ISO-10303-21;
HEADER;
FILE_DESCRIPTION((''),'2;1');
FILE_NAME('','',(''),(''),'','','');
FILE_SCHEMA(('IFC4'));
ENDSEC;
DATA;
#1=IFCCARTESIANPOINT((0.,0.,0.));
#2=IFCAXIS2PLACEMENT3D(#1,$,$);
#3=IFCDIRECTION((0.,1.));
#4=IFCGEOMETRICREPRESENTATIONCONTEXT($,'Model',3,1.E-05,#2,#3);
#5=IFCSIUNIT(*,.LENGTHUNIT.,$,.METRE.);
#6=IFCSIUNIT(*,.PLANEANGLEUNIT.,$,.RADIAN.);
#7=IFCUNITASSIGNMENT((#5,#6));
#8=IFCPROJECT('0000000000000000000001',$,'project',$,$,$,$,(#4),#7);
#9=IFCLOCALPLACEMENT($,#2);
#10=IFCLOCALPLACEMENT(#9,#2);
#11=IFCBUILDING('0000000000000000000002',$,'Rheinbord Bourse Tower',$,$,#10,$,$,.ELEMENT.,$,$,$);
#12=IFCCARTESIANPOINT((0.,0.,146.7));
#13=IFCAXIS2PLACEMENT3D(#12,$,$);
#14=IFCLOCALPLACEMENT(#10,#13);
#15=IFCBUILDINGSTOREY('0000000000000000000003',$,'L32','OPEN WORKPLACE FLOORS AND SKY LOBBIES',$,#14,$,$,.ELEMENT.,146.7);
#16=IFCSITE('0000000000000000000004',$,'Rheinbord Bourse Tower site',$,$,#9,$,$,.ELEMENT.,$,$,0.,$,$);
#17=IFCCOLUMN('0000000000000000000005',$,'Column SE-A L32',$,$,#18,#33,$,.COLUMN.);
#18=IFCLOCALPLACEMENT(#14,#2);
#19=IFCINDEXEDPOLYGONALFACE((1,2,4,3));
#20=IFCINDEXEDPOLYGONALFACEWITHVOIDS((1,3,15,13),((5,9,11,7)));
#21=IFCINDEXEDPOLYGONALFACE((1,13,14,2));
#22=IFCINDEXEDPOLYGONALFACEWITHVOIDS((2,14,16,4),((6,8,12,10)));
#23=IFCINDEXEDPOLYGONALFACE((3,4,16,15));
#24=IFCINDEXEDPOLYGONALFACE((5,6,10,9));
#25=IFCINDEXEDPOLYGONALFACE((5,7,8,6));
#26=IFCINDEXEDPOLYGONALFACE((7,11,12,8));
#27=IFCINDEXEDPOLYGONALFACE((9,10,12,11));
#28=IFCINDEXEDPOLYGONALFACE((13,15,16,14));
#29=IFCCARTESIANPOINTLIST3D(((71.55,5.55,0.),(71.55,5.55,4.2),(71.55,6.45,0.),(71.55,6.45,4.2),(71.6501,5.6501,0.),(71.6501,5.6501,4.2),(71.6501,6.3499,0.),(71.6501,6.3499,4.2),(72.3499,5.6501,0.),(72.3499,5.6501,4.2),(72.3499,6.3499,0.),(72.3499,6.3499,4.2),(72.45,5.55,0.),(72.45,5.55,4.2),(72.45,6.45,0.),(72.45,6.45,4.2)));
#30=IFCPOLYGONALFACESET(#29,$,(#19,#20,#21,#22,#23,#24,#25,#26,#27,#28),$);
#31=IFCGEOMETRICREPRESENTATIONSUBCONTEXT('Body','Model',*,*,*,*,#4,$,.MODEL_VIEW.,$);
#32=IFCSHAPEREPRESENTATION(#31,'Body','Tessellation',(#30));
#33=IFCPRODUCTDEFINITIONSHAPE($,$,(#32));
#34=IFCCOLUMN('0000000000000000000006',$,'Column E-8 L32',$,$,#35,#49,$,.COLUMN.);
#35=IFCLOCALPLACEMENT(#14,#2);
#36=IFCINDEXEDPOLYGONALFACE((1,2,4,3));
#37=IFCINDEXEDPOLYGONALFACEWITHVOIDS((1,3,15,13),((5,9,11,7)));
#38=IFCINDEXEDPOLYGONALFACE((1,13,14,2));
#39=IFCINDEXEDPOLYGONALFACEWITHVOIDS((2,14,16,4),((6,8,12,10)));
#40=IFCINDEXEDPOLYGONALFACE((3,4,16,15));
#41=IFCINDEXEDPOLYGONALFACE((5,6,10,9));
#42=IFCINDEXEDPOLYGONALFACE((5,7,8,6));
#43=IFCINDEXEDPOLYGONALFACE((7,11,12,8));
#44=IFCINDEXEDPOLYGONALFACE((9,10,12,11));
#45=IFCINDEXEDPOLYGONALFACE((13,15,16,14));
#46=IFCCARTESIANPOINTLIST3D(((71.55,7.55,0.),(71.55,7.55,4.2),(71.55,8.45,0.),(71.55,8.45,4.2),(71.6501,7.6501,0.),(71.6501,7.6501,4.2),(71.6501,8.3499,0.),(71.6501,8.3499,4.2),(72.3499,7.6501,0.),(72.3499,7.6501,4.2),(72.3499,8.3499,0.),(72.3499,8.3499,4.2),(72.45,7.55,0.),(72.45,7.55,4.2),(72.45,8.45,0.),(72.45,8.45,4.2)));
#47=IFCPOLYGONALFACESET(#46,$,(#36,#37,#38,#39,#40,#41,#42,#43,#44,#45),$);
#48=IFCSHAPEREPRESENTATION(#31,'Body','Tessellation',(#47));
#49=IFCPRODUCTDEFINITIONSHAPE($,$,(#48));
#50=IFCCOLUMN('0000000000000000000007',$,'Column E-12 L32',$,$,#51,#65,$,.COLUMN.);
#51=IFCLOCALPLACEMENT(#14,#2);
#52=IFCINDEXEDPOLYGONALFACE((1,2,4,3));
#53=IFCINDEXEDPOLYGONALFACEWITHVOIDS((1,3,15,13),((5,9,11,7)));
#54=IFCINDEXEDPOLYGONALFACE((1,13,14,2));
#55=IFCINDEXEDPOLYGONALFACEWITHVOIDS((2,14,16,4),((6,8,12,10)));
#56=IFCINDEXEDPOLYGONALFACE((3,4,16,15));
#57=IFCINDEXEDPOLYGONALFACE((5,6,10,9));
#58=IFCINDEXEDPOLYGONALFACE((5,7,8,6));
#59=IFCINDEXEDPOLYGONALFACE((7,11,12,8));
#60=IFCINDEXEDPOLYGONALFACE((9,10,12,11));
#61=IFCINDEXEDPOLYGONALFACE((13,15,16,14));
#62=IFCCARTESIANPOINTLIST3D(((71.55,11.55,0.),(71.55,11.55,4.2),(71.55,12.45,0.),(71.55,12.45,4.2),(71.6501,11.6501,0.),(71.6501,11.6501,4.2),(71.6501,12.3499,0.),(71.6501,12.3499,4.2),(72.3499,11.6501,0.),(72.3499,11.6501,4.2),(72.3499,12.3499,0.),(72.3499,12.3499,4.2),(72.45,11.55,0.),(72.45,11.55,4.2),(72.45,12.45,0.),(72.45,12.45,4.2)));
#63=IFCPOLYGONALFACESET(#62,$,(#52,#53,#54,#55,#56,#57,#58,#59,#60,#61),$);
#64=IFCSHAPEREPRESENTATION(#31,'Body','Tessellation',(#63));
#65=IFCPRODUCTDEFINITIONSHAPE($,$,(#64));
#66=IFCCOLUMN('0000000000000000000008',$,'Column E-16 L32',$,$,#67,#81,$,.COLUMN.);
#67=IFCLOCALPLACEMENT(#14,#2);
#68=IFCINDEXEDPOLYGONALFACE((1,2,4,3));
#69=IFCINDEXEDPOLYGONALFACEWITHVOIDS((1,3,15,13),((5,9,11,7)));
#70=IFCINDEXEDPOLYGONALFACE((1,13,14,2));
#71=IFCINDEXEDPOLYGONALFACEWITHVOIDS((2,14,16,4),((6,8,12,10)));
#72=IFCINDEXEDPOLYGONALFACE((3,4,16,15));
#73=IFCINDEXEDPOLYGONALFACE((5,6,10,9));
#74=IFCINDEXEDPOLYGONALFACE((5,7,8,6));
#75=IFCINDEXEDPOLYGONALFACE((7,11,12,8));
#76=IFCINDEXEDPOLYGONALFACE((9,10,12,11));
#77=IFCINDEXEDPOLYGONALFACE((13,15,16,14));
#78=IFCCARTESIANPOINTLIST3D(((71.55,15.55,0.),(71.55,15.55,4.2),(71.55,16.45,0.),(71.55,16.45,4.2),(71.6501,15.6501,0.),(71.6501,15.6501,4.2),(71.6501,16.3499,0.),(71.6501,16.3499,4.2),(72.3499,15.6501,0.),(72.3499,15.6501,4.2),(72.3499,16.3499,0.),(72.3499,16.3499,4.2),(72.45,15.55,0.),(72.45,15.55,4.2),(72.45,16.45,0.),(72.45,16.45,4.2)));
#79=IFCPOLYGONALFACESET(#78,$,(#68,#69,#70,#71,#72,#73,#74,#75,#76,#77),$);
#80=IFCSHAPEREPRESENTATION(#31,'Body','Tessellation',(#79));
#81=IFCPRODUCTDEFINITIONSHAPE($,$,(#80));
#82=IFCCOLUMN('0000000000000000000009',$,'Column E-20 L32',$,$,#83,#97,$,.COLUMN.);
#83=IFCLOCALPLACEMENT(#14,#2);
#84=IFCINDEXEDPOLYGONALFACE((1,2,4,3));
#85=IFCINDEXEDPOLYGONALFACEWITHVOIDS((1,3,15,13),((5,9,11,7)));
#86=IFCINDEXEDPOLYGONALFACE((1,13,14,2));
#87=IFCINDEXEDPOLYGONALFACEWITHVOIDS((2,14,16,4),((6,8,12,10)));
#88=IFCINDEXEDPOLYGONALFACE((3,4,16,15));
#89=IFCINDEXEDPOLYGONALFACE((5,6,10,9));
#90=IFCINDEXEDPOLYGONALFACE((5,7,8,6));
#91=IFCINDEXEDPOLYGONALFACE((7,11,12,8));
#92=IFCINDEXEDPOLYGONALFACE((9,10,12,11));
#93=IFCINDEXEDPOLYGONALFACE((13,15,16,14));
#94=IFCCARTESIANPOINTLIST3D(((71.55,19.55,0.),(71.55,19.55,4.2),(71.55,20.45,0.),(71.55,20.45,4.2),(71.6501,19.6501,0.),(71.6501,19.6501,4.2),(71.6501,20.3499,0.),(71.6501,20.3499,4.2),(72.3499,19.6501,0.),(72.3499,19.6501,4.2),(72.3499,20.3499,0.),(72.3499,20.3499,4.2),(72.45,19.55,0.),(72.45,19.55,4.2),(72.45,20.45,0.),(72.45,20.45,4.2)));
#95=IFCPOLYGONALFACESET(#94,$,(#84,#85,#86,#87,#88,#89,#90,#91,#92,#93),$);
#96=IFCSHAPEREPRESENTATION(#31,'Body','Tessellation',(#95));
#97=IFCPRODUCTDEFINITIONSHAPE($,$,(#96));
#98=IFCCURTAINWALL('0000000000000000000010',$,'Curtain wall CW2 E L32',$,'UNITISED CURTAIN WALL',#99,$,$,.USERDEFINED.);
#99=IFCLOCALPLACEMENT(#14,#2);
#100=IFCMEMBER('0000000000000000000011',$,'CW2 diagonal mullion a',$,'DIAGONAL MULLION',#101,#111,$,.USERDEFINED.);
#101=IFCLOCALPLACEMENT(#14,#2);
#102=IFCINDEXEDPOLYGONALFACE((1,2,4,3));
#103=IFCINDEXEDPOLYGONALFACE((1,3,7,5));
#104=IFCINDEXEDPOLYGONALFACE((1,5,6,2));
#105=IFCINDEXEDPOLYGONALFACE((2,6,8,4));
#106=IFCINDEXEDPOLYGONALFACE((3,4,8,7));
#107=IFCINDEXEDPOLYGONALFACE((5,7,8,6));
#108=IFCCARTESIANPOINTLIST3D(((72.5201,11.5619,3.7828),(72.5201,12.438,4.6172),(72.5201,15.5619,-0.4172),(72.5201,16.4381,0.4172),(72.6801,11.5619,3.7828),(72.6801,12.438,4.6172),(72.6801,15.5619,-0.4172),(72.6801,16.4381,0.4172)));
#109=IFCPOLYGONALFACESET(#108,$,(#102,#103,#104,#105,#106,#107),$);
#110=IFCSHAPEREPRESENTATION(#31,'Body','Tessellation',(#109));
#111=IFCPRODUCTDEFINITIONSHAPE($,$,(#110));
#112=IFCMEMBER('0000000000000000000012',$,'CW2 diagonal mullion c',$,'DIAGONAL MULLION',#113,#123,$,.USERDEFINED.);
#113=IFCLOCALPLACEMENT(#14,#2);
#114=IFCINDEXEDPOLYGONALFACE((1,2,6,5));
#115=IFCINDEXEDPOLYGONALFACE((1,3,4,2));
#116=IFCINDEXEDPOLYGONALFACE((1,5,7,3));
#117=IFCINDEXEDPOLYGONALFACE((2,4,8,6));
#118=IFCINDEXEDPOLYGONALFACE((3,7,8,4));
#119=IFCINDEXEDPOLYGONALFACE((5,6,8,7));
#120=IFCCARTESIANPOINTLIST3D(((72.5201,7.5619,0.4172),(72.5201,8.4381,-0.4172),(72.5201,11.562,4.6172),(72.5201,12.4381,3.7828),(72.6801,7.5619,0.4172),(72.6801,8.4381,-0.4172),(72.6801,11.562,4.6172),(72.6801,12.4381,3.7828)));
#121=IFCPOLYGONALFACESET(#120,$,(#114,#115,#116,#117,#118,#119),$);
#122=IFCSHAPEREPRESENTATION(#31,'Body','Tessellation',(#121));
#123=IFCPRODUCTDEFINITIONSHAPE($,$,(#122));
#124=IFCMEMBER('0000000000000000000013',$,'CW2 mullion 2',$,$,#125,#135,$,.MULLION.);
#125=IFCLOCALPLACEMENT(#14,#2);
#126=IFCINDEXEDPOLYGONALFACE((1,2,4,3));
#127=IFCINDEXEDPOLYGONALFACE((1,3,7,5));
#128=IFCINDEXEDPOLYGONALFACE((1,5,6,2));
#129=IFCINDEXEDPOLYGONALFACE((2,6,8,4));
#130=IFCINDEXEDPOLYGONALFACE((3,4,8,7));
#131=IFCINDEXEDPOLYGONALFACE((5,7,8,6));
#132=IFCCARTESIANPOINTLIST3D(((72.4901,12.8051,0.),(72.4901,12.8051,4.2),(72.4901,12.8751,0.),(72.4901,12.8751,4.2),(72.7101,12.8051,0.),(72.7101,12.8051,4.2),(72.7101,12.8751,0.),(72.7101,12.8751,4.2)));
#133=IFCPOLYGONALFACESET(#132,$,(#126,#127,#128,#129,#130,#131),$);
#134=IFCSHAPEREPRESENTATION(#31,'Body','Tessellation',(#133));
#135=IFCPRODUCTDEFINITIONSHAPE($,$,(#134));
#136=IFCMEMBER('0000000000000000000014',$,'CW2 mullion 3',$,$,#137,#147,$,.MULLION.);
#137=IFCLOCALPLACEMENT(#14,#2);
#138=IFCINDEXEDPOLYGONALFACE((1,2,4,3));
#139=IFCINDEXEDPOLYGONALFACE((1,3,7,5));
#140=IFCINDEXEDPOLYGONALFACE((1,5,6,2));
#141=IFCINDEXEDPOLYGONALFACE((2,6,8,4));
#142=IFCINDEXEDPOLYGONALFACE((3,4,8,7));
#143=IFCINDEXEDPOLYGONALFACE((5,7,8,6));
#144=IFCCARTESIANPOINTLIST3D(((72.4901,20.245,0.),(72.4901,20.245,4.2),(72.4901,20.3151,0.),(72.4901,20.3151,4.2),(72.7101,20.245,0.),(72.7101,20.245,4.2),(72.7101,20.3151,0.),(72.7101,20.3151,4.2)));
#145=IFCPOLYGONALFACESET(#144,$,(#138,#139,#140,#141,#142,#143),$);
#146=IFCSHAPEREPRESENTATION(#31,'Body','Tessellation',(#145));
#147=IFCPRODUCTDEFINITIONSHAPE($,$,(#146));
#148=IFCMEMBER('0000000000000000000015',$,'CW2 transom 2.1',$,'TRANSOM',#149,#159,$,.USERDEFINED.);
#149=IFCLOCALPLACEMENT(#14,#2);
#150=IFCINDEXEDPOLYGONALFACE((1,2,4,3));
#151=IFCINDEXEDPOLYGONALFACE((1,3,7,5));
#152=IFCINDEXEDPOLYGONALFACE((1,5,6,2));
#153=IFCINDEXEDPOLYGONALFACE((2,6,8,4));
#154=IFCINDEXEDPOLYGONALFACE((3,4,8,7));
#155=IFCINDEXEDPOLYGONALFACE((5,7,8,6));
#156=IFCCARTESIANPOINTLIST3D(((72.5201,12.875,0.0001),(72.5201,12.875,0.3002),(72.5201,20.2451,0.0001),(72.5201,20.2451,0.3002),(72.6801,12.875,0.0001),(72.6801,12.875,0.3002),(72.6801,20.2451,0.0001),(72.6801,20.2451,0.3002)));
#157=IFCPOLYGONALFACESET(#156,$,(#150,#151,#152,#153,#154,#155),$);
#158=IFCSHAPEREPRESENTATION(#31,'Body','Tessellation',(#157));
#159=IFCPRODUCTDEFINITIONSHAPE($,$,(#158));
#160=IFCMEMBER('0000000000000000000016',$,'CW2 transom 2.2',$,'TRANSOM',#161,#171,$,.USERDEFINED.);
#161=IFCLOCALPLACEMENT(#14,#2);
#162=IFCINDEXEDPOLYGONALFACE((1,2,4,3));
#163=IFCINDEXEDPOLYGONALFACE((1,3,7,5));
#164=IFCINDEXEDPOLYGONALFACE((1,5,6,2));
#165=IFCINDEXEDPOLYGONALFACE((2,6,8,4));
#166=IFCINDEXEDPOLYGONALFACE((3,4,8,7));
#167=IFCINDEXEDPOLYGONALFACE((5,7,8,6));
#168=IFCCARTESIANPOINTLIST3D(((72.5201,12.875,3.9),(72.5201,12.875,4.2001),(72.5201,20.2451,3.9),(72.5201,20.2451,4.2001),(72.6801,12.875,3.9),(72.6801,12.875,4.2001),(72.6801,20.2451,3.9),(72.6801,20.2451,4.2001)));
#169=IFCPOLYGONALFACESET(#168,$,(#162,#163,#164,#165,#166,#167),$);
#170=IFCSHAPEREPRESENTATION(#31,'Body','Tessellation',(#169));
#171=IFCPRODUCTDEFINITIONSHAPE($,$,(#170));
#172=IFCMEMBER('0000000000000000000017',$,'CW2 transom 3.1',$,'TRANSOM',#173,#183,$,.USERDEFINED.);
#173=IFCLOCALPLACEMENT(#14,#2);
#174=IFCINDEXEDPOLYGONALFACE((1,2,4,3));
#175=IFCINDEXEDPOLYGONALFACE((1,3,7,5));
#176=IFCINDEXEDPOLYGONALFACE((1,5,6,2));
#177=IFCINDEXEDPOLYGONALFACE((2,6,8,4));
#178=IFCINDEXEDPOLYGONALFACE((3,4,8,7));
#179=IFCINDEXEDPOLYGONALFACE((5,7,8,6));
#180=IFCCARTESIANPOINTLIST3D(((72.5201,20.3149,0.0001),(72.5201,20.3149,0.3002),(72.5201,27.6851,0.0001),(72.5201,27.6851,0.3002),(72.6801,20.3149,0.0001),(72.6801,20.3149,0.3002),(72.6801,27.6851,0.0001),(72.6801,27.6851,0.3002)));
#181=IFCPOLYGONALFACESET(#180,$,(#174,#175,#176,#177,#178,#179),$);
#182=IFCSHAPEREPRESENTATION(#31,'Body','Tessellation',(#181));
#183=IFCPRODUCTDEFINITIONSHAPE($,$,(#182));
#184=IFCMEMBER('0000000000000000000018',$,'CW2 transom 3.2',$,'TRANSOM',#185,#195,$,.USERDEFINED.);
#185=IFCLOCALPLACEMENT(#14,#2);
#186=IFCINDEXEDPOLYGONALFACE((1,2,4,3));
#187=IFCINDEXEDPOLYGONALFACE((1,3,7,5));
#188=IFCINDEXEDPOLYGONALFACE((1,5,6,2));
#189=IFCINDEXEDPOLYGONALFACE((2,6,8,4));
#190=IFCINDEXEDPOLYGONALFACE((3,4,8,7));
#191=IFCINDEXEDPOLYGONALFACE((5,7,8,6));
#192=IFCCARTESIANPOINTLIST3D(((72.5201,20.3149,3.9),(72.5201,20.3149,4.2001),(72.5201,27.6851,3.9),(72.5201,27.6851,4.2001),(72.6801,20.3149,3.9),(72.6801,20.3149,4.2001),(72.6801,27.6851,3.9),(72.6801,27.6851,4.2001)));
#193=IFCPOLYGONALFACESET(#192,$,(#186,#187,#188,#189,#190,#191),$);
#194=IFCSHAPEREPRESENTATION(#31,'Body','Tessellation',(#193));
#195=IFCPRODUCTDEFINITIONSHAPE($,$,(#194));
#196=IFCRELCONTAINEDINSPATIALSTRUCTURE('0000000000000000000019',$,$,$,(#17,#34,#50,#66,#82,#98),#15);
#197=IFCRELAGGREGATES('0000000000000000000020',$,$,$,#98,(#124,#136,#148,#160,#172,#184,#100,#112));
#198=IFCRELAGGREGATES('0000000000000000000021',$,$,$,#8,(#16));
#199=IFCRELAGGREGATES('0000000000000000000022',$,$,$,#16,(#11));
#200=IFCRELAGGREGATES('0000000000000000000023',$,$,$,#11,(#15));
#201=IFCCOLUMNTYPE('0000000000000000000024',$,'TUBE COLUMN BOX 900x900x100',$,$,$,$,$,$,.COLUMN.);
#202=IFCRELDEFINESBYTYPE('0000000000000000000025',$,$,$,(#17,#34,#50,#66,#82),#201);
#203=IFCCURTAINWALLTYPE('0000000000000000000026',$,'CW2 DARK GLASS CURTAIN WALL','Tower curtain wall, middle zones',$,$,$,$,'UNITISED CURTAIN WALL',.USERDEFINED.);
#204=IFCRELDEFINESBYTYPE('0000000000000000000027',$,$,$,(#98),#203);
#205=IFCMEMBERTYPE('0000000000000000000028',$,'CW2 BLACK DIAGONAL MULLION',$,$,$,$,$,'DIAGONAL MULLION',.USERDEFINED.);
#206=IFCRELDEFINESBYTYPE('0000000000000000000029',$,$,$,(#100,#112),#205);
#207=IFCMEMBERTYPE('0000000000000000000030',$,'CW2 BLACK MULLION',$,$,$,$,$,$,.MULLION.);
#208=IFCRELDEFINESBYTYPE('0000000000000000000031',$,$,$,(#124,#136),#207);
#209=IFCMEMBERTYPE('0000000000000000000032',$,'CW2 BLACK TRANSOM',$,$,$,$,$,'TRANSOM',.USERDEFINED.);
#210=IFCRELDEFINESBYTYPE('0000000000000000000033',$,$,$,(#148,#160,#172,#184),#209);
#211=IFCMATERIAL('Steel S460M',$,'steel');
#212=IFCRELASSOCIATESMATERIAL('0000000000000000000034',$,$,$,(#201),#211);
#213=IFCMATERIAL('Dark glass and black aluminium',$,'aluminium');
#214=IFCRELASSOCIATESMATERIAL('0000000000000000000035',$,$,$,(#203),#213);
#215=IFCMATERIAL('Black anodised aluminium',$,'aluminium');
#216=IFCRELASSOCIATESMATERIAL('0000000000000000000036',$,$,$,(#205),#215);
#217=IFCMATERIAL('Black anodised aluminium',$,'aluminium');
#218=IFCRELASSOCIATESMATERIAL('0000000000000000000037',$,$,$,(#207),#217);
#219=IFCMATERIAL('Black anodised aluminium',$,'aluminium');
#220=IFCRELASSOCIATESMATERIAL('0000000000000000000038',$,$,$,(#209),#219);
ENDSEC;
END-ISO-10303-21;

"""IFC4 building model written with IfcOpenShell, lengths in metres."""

from ifc_helpers import new_model, si_unit, direction, frame, origin, origin_2d, place, context, subcontext, project, spatial, rectangle, hollow_rectangle, extrude, material, material_profile, profile_set, type_object, element, aggregate, save


model = new_model("IFC4")

# Units and contexts
model_context = context("Model", 3, precision=1e-05, world=origin(), true_north=direction((0.0, 1.0)))
body_context = subcontext(model_context, "Body", "Model", "MODEL_VIEW")
ifc_project = project(units=[si_unit("LENGTHUNIT", "METRE"), si_unit("PLANEANGLEUNIT", "RADIAN")], contexts=[model_context])

# Site, building, storey
site_placement = place(None, origin())
site = spatial("IfcSite", under=ifc_project, at=site_placement, Name="Rheinbord Bourse Tower site", CompositionType="ELEMENT", RefElevation=0.0)
building_placement = place(site_placement, origin())
building = spatial("IfcBuilding", under=site, at=building_placement, Name="Rheinbord Bourse Tower", CompositionType="ELEMENT")
storey_placement = place(building_placement, frame((0.0, 0.0, 146.7)))
storey = spatial("IfcBuildingStorey", under=building, at=storey_placement, Name="L32", Description="OPEN WORKPLACE FLOORS AND SKY LOBBIES", CompositionType="ELEMENT", Elevation=146.7)

# Columns
ifc_material_1 = material(Name="Steel S460M", Category="steel")
ifc_material_profile_1 = material_profile(ifc_material_1, hollow_rectangle(XDim=0.8999, YDim=0.8999, WallThickness=0.1001, at=origin_2d()), Name="BOX 900x900x100")
ifc_profile_set_1 = profile_set([ifc_material_profile_1], Name="Steel S460M")
column_type = type_object("IfcColumnType", Name="TUBE COLUMN BOX 900x900x100", PredefinedType="COLUMN", material=ifc_profile_set_1)
for number, where, z_axis, x_axis, name in (
    (1, (72.0, 6.0, 0.0), (0.0, 0.0, 1.0), (1.0, 0.0, 0.0), "Column SE-A L32"),
    (2, (72.0, 8.0, 0.0), (0.0, 0.0, 1.0), (1.0, 0.0, 0.0), "Column E-8 L32"),
    (3, (72.0, 12.0, 0.0), (0.0, 0.0, 1.0), (1.0, 0.0, 0.0), "Column E-12 L32"),
    (4, (72.0, 16.0, 0.0), (0.0, 0.0, 1.0), (1.0, 0.0, 0.0), "Column E-16 L32"),
    (5, (72.0, 20.0, 0.0), (0.0, 0.0, 1.0), (1.0, 0.0, 0.0), "Column E-20 L32"),
):
    element("IfcColumn", number, at=place(storey_placement, frame(where, z_axis=z_axis, x_axis=x_axis)), inside=storey, type_object=column_type, Name=name, PredefinedType="COLUMN", context=body_context, shape_type="SweptSolid", body=[
        extrude(hollow_rectangle(XDim=0.8999, YDim=0.8999, WallThickness=0.1001, at=origin_2d()), origin(), (0.0, 0.0, 1.0), 4.2),
    ])

# Curtain wall, members
ifc_material_2 = material(Name="Dark glass and black aluminium", Category="aluminium")
curtain_wall_type = type_object("IfcCurtainWallType", Name="CW2 DARK GLASS CURTAIN WALL", Description="Tower curtain wall, middle zones", ElementType="UNITISED CURTAIN WALL", PredefinedType="USERDEFINED", material=ifc_material_2)
curtain_wall_placement = place(storey_placement, origin())
curtain_wall = element("IfcCurtainWall", 6, at=curtain_wall_placement, inside=storey, type_object=curtain_wall_type, Name="Curtain wall CW2 E L32", ObjectType="UNITISED CURTAIN WALL", PredefinedType="USERDEFINED")
ifc_material_3 = material(Name="Black anodised aluminium", Category="aluminium")
ifc_material_profile_2 = material_profile(ifc_material_3, rectangle(XDim=0.1599, YDim=1.21, at=origin_2d()), Name="CW2 DIAGONAL MULLION 1210x160")
ifc_profile_set_2 = profile_set([ifc_material_profile_2], Name="Black anodised aluminium")
member_type_1 = type_object("IfcMemberType", Name="CW2 BLACK DIAGONAL MULLION", ElementType="DIAGONAL MULLION", PredefinedType="USERDEFINED", material=ifc_profile_set_2)
member_1_placement = place(storey_placement, frame((72.6001, 16.0, 0.0), z_axis=(0.0, -0.689659, 0.724134), x_axis=(1.0, 0.0, 0.0)))
member_1 = element("IfcMember", 7, at=member_1_placement, type_object=member_type_1, Name="CW2 diagonal mullion a", ObjectType="DIAGONAL MULLION", PredefinedType="USERDEFINED", context=body_context, shape_type="SweptSolid", body=[
    extrude(rectangle(XDim=0.1599, YDim=1.21, at=origin_2d()), origin(), (0.0, 0.0, 1.0), 5.8),
])
member_2_placement = place(storey_placement, frame((72.6001, 8.0, 0.0), z_axis=(0.0, 0.689659, 0.724134), x_axis=(-1.0, 0.0, 0.0)))
member_2 = element("IfcMember", 8, at=member_2_placement, type_object=member_type_1, Name="CW2 diagonal mullion c", ObjectType="DIAGONAL MULLION", PredefinedType="USERDEFINED", context=body_context, shape_type="SweptSolid", body=[
    extrude(rectangle(XDim=0.1599, YDim=1.21, at=origin_2d()), origin(), (0.0, 0.0, 1.0), 5.8),
])
ifc_material_4 = material(Name="Black anodised aluminium", Category="aluminium")
ifc_material_profile_3 = material_profile(ifc_material_4, rectangle(XDim=0.22, YDim=0.0701, at=origin_2d()), Name="CW2 MULLION 70x220")
ifc_profile_set_3 = profile_set([ifc_material_profile_3], Name="Black anodised aluminium")
member_type_2 = type_object("IfcMemberType", Name="CW2 BLACK MULLION", PredefinedType="MULLION", material=ifc_profile_set_3)
member_3_placement = place(storey_placement, frame((72.6001, 12.8401, 0.0), z_axis=(0.0, 0.0, 1.0), x_axis=(-1.0, 0.0, 0.0)))
member_3 = element("IfcMember", 9, at=member_3_placement, type_object=member_type_2, Name="CW2 mullion 2", PredefinedType="MULLION", context=body_context, shape_type="SweptSolid", body=[
    extrude(rectangle(XDim=0.22, YDim=0.0701, at=origin_2d()), origin(), (0.0, 0.0, 1.0), 4.2),
])
member_4_placement = place(storey_placement, frame((72.6001, 20.28, 0.0), z_axis=(0.0, 0.0, 1.0), x_axis=(-1.0, 0.0, 0.0)))
member_4 = element("IfcMember", 10, at=member_4_placement, type_object=member_type_2, Name="CW2 mullion 3", PredefinedType="MULLION", context=body_context, shape_type="SweptSolid", body=[
    extrude(rectangle(XDim=0.22, YDim=0.0701, at=origin_2d()), origin(), (0.0, 0.0, 1.0), 4.2),
])
ifc_material_5 = material(Name="Black anodised aluminium", Category="aluminium")
ifc_material_profile_4 = material_profile(ifc_material_5, rectangle(XDim=0.1599, YDim=0.3, at=origin_2d()), Name="CW2 TRANSOM 300x160")
ifc_profile_set_4 = profile_set([ifc_material_profile_4], Name="Black anodised aluminium")
member_type_3 = type_object("IfcMemberType", Name="CW2 BLACK TRANSOM", ElementType="TRANSOM", PredefinedType="USERDEFINED", material=ifc_profile_set_4)
member_5_placement = place(storey_placement, frame((72.6001, 12.875, 0.1501), z_axis=(0.0, 1.0, 0.0), x_axis=(-1.0, 0.0, 0.0)))
member_5 = element("IfcMember", 11, at=member_5_placement, type_object=member_type_3, Name="CW2 transom 2.1", ObjectType="TRANSOM", PredefinedType="USERDEFINED", context=body_context, shape_type="SweptSolid", body=[
    extrude(rectangle(XDim=0.1599, YDim=0.3, at=origin_2d()), origin(), (0.0, 0.0, 1.0), 7.3701),
])
member_6_placement = place(storey_placement, frame((72.6001, 12.875, 4.05), z_axis=(0.0, 1.0, 0.0), x_axis=(-1.0, 0.0, 0.0)))
member_6 = element("IfcMember", 12, at=member_6_placement, type_object=member_type_3, Name="CW2 transom 2.2", ObjectType="TRANSOM", PredefinedType="USERDEFINED", context=body_context, shape_type="SweptSolid", body=[
    extrude(rectangle(XDim=0.1599, YDim=0.3, at=origin_2d()), origin(), (0.0, 0.0, 1.0), 7.3701),
])
member_7_placement = place(storey_placement, frame((72.6001, 20.3149, 0.1501), z_axis=(0.0, 1.0, 0.0), x_axis=(-1.0, 0.0, 0.0)))
member_7 = element("IfcMember", 13, at=member_7_placement, type_object=member_type_3, Name="CW2 transom 3.1", ObjectType="TRANSOM", PredefinedType="USERDEFINED", context=body_context, shape_type="SweptSolid", body=[
    extrude(rectangle(XDim=0.1599, YDim=0.3, at=origin_2d()), origin(), (0.0, 0.0, 1.0), 7.3701),
])
member_8_placement = place(storey_placement, frame((72.6001, 20.3149, 4.05), z_axis=(0.0, 1.0, 0.0), x_axis=(-1.0, 0.0, 0.0)))
member_8 = element("IfcMember", 14, at=member_8_placement, type_object=member_type_3, Name="CW2 transom 3.2", ObjectType="TRANSOM", PredefinedType="USERDEFINED", context=body_context, shape_type="SweptSolid", body=[
    extrude(rectangle(XDim=0.1599, YDim=0.3, at=origin_2d()), origin(), (0.0, 0.0, 1.0), 7.3701),
])

aggregate(curtain_wall, [member_3, member_4, member_5, member_6, member_7, member_8, member_1, member_2])

save(model, "model.ifc")
